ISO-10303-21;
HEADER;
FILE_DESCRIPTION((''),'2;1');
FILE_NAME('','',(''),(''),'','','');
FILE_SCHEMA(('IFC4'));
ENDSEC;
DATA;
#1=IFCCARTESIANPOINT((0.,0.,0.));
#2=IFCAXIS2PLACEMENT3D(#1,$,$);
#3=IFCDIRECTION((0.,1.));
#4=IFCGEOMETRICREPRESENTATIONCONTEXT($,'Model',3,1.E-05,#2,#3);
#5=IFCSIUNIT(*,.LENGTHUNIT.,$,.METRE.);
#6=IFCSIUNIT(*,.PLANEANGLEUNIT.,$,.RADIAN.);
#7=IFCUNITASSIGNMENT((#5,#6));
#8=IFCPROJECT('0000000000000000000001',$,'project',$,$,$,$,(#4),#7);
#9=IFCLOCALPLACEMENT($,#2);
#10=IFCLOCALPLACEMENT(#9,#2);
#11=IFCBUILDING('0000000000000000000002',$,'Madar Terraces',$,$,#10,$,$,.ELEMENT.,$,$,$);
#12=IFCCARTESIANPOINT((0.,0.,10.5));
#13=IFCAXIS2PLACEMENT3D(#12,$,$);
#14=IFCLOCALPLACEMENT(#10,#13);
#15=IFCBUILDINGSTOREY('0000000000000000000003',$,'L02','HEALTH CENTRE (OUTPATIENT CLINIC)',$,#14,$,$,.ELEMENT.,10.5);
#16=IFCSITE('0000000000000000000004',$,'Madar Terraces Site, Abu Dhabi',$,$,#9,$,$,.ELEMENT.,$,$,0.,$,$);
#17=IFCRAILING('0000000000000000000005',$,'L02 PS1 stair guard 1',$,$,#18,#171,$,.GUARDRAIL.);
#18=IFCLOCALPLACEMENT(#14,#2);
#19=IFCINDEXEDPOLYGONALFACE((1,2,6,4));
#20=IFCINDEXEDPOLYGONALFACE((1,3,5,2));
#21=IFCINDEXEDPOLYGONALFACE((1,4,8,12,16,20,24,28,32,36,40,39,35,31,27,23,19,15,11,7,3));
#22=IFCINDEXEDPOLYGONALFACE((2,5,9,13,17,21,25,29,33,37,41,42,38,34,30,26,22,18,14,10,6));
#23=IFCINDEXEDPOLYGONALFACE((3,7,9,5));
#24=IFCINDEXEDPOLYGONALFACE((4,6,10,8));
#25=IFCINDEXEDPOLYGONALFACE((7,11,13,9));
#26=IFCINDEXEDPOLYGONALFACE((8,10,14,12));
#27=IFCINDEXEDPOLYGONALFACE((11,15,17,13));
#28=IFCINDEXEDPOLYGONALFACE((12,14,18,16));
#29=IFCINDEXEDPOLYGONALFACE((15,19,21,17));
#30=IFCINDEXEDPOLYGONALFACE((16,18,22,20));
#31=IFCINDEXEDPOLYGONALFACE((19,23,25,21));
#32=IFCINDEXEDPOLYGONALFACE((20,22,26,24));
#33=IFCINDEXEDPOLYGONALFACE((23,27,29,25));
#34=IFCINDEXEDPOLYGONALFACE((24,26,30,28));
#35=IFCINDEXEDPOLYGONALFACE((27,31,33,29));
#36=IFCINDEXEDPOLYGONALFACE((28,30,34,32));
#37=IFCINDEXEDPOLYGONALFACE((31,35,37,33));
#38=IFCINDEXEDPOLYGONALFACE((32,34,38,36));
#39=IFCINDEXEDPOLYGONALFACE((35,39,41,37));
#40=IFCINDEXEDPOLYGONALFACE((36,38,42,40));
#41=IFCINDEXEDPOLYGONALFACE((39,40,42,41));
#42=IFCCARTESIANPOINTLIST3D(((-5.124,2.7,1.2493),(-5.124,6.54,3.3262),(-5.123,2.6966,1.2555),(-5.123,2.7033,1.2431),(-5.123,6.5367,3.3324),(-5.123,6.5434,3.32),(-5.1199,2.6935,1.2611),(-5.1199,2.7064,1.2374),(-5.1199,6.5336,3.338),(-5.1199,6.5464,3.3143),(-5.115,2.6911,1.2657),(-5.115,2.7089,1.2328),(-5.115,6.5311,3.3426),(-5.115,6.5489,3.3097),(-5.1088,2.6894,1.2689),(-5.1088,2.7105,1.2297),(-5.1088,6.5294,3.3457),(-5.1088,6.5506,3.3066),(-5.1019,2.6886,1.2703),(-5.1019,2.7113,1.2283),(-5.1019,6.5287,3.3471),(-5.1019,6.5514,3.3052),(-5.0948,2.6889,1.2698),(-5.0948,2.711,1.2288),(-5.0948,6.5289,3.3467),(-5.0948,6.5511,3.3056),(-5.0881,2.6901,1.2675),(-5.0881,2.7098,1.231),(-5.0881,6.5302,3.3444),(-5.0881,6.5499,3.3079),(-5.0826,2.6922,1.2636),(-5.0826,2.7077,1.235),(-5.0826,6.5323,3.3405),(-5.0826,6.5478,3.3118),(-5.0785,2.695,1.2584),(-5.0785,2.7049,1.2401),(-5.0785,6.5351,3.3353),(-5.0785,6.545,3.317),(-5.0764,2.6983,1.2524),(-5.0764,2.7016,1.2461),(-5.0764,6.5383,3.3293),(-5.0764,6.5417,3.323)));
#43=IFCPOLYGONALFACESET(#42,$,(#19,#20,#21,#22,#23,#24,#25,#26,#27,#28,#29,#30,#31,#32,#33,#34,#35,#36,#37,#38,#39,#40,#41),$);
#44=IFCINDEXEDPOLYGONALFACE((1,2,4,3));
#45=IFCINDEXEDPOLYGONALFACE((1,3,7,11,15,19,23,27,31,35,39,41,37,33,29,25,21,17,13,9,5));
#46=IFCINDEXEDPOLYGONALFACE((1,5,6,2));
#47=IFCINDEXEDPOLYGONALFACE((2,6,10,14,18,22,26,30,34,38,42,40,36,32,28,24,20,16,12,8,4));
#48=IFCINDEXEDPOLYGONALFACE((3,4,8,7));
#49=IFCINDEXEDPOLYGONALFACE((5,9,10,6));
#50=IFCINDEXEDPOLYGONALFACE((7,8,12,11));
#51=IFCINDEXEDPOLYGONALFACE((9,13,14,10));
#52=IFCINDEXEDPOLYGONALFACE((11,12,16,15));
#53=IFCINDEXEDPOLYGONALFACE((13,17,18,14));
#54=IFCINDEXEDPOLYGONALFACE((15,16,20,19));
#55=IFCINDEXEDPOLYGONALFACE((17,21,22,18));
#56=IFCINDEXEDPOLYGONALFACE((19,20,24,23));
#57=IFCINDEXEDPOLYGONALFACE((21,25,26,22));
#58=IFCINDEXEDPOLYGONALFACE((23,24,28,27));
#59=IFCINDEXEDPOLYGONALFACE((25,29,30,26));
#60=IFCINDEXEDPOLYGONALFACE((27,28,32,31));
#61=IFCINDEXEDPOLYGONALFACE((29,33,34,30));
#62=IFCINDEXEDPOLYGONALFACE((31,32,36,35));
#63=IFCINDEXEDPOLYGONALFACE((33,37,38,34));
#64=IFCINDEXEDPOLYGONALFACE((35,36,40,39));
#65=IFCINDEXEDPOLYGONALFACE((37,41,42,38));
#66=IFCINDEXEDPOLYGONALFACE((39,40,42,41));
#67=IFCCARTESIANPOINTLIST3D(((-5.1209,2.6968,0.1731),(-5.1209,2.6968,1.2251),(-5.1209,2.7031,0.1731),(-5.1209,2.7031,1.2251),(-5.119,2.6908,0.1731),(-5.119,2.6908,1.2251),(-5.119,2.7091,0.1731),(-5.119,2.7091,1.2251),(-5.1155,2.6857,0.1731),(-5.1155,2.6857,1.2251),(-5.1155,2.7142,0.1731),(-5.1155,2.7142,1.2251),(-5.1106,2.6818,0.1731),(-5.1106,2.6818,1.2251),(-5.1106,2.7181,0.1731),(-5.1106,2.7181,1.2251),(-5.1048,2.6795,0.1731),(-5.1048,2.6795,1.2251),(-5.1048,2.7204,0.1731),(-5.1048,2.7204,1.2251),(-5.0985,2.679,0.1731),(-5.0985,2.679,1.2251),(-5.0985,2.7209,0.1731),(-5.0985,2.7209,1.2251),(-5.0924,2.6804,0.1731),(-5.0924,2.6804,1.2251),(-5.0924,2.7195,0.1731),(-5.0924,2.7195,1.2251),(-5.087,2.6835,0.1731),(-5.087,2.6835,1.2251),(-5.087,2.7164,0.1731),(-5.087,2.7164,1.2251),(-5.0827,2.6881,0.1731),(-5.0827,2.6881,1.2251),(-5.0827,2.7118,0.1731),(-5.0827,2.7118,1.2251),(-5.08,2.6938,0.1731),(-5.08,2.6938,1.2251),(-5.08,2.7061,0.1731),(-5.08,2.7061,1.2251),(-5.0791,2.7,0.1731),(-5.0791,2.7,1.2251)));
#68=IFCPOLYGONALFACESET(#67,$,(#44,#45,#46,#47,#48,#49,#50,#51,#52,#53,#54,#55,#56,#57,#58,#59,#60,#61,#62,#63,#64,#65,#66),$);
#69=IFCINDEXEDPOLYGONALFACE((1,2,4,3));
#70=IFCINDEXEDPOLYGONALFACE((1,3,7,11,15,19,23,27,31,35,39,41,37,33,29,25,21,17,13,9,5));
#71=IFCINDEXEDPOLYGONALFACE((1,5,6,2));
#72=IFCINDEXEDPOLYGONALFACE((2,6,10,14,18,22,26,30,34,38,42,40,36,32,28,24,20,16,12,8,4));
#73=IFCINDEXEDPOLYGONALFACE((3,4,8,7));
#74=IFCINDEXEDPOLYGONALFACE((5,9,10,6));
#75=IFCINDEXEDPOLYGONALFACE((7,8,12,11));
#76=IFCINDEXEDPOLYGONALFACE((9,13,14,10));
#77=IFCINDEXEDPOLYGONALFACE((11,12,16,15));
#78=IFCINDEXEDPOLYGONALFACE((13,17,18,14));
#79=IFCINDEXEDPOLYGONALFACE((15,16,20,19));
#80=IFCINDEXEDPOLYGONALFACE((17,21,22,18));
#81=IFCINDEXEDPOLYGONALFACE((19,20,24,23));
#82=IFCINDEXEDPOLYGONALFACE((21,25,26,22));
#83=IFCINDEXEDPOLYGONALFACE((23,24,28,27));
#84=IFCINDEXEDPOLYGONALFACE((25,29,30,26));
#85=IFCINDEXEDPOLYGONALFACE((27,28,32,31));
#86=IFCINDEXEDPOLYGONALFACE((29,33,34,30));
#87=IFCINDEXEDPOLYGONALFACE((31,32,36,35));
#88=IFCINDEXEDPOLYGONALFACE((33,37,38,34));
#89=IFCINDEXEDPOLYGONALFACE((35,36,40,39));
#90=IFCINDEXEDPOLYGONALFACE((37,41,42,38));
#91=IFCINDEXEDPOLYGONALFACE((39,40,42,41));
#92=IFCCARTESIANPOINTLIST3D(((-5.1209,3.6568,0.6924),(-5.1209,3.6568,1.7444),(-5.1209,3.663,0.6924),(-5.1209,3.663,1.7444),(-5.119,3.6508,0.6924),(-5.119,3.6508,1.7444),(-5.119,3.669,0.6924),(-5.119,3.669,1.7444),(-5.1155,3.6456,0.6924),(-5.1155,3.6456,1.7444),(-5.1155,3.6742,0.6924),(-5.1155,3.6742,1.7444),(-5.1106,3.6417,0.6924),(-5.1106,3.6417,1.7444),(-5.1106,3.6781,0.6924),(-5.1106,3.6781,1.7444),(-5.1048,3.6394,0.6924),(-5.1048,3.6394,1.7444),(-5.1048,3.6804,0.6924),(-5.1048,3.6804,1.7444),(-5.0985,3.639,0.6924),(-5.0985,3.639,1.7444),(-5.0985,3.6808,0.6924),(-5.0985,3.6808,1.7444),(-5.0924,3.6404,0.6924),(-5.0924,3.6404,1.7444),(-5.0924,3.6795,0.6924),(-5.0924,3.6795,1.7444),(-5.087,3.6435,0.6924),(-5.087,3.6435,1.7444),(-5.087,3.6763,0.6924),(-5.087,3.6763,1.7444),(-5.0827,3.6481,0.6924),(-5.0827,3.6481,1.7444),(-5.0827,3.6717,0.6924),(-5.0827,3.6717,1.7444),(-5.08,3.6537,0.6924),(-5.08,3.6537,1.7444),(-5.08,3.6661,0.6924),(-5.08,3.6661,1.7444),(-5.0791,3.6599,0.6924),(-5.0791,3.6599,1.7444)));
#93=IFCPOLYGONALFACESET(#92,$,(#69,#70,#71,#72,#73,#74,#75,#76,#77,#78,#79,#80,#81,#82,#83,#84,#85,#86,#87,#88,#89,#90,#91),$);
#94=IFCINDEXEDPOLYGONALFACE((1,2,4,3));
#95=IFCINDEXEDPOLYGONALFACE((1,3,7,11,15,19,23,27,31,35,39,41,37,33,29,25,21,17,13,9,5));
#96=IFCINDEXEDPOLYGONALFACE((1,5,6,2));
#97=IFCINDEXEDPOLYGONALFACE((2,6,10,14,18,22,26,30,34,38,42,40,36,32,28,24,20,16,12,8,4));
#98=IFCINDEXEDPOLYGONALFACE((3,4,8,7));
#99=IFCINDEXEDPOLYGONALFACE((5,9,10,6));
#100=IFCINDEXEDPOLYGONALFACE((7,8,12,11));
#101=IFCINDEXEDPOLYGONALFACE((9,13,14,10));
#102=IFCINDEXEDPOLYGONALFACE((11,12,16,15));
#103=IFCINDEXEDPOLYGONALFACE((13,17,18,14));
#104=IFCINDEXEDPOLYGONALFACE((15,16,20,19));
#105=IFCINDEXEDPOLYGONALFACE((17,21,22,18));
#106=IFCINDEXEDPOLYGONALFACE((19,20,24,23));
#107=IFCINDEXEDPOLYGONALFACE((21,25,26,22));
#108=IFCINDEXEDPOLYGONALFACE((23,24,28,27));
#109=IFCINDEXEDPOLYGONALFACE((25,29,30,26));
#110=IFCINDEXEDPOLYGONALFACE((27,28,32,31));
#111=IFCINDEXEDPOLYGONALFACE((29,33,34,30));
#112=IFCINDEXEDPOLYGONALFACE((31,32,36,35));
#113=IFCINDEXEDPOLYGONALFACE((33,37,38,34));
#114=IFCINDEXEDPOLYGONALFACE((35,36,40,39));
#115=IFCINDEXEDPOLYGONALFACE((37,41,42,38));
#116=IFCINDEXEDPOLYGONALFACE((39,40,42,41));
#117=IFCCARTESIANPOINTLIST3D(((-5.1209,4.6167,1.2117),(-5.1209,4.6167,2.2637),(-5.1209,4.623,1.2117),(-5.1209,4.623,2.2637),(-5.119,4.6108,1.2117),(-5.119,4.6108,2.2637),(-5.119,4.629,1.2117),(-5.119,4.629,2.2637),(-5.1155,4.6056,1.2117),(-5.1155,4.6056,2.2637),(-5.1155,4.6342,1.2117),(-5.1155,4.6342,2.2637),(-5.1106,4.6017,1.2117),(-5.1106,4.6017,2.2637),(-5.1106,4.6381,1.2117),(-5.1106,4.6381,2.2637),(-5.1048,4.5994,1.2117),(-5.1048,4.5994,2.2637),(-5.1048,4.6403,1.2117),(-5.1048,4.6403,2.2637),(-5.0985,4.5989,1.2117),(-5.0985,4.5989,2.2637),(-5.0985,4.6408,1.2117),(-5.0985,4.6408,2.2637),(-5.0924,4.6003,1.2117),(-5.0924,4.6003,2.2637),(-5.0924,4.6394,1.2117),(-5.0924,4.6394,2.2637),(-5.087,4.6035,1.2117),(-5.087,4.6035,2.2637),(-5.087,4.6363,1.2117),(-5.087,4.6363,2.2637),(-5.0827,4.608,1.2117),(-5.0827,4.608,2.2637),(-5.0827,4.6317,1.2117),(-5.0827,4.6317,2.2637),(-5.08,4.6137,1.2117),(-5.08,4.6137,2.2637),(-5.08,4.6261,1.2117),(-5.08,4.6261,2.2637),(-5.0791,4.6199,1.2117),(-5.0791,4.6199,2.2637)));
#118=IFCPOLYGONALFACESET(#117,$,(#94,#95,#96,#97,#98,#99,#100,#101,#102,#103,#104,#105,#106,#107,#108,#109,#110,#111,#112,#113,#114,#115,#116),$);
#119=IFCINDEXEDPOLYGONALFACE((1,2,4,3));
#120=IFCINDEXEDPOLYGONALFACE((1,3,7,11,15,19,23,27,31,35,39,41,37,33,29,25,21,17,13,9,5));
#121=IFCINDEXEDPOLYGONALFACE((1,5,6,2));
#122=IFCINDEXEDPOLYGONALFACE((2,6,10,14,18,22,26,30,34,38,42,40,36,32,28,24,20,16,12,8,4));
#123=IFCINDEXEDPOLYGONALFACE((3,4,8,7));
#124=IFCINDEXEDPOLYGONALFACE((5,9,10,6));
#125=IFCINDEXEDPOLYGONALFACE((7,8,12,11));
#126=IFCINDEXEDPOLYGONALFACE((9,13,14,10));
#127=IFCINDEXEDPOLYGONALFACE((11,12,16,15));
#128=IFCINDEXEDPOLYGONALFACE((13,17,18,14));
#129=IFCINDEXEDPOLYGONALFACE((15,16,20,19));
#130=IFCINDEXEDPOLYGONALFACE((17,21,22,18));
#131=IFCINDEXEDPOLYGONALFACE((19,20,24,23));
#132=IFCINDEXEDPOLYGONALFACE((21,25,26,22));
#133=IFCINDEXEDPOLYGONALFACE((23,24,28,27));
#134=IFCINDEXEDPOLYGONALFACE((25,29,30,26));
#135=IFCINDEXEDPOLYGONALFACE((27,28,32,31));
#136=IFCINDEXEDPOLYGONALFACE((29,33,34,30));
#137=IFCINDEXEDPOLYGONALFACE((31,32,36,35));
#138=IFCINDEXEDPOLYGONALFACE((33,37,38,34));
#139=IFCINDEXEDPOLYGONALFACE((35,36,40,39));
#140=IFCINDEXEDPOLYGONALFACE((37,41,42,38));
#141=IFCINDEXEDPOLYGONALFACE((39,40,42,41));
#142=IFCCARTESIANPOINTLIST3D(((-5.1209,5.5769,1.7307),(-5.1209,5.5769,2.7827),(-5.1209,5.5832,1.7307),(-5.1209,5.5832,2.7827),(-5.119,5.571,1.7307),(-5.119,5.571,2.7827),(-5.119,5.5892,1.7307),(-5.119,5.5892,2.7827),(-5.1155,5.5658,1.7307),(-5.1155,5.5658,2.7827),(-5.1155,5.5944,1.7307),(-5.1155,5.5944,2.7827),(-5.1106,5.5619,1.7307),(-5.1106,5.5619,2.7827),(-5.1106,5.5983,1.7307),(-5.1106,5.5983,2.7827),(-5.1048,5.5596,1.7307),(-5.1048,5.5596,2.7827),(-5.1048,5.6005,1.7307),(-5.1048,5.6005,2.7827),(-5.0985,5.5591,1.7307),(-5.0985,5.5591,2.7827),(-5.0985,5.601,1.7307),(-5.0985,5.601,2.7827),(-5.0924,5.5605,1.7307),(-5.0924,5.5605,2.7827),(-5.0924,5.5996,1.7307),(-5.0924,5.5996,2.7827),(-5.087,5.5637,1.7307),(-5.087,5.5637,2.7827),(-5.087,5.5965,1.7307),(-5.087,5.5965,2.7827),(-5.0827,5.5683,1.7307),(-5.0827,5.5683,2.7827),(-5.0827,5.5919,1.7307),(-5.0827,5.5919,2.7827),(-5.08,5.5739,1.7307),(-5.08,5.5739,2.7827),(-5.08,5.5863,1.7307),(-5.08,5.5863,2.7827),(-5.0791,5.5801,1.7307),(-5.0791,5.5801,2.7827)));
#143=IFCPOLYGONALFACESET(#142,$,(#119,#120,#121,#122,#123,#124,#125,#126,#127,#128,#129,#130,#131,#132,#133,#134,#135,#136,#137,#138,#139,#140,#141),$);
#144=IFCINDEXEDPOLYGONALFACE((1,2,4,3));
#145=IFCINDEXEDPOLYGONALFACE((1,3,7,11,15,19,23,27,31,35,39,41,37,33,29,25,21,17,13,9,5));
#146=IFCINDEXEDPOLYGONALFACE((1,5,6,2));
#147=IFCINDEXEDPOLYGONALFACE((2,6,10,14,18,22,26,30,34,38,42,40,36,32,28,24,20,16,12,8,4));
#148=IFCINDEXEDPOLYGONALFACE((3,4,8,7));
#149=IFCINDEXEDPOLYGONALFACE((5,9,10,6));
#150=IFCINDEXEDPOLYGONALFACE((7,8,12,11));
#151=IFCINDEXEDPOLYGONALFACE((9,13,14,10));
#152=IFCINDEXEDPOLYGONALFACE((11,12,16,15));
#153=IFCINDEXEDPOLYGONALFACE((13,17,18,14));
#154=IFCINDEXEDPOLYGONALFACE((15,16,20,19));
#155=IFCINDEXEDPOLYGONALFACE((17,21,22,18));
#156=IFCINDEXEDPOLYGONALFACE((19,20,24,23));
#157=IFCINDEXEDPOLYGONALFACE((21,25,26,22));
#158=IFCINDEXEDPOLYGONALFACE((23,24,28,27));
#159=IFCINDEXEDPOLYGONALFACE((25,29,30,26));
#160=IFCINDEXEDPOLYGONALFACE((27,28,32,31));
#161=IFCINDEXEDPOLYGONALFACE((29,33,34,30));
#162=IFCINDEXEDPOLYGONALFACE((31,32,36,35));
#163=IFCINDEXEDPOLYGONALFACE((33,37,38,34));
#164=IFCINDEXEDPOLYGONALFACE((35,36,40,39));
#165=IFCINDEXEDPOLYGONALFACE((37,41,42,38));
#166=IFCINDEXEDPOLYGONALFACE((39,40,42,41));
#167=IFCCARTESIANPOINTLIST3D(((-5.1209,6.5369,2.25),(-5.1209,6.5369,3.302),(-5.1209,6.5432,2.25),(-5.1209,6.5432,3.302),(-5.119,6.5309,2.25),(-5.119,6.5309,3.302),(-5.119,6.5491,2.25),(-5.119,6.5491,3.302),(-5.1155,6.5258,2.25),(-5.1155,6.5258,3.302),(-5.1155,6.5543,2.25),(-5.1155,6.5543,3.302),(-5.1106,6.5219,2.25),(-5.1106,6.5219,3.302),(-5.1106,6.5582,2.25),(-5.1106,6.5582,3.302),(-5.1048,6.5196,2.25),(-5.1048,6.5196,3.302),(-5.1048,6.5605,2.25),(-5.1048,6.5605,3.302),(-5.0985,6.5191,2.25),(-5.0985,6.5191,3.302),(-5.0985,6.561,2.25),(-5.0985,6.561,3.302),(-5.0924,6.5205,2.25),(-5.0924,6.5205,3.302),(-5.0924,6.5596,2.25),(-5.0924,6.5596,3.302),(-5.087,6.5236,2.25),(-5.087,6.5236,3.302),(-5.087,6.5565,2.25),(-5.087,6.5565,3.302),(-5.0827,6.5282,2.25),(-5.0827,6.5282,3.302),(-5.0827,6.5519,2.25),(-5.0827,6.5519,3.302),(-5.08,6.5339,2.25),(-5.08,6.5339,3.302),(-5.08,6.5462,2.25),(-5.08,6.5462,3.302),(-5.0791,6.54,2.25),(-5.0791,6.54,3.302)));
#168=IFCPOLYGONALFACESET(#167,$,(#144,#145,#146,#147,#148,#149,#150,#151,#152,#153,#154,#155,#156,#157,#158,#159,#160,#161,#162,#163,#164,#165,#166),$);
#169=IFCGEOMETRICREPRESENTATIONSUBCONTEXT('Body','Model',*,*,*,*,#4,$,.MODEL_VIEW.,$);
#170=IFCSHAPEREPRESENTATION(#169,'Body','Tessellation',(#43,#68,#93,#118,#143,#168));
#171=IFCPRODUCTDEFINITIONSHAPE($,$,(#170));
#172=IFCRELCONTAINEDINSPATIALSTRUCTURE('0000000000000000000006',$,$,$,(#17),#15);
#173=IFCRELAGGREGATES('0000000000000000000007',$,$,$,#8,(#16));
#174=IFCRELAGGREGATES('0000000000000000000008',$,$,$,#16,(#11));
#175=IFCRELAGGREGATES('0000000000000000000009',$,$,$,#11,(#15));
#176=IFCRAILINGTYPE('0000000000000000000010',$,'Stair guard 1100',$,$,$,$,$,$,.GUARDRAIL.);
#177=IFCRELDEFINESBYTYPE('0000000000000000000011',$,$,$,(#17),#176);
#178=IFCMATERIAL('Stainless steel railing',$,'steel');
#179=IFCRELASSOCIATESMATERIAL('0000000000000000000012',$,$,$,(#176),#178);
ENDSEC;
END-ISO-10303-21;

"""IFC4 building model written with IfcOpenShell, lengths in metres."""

from ifc_helpers import new_model, si_unit, direction, frame, origin, origin_2d, place, context, subcontext, project, spatial, circle, extrude, material, type_object, element, save


model = new_model("IFC4")

# Units and contexts
model_context = context("Model", 3, precision=1e-05, world=origin(), true_north=direction((0.0, 1.0)))
body_context = subcontext(model_context, "Body", "Model", "MODEL_VIEW")
ifc_project = project(units=[si_unit("LENGTHUNIT", "METRE"), si_unit("PLANEANGLEUNIT", "RADIAN")], contexts=[model_context])

# Site, building, storey
site_placement = place(None, origin())
site = spatial("IfcSite", under=ifc_project, at=site_placement, Name="Madar Terraces Site, Abu Dhabi", CompositionType="ELEMENT", RefElevation=0.0)
building_placement = place(site_placement, origin())
building = spatial("IfcBuilding", under=site, at=building_placement, Name="Madar Terraces", CompositionType="ELEMENT")
storey_placement = place(building_placement, frame((0.0, 0.0, 10.5)))
storey = spatial("IfcBuildingStorey", under=building, at=storey_placement, Name="L02", Description="HEALTH CENTRE (OUTPATIENT CLINIC)", CompositionType="ELEMENT", Elevation=10.5)

# Railing
ifc_material_1 = material(Name="Stainless steel railing", Category="steel")
railing_type_1 = type_object("IfcRailingType", Name="Stair guard 1100", PredefinedType="GUARDRAIL", material=ifc_material_1)
railing_1_placement = place(storey_placement, frame((-5.1001, 2.7, 0.1731)))
element("IfcRailing", 1, at=railing_1_placement, inside=storey, type_object=railing_type_1, Name="L02 PS1 stair guard 1", PredefinedType="GUARDRAIL", context=body_context, shape_type="SweptSolid", body=[
    extrude(circle(Radius=0.0239, at=origin_2d()), frame((0.0, 0.0, 1.0762), z_axis=(0.0, 0.879593, 0.475726), x_axis=(-1.0, 0.0, 0.0)), (0.0, 0.0, 1.0), 4.3657),
    extrude(circle(Radius=0.021, at=origin_2d()), origin(), (0.0, 0.0, 1.0), 1.052),
    extrude(circle(Radius=0.021, at=origin_2d()), frame((0.0, 0.96, 0.5193)), (0.0, 0.0, 1.0), 1.052),
    extrude(circle(Radius=0.021, at=origin_2d()), frame((0.0, 1.9199, 1.0386)), (0.0, 0.0, 1.0), 1.052),
    extrude(circle(Radius=0.021, at=origin_2d()), frame((0.0, 2.8801, 1.5576)), (0.0, 0.0, 1.0), 1.052),
    extrude(circle(Radius=0.021, at=origin_2d()), frame((0.0, 3.8401, 2.0769)), (0.0, 0.0, 1.0), 1.052),
])

save(model, "model.ifc")
